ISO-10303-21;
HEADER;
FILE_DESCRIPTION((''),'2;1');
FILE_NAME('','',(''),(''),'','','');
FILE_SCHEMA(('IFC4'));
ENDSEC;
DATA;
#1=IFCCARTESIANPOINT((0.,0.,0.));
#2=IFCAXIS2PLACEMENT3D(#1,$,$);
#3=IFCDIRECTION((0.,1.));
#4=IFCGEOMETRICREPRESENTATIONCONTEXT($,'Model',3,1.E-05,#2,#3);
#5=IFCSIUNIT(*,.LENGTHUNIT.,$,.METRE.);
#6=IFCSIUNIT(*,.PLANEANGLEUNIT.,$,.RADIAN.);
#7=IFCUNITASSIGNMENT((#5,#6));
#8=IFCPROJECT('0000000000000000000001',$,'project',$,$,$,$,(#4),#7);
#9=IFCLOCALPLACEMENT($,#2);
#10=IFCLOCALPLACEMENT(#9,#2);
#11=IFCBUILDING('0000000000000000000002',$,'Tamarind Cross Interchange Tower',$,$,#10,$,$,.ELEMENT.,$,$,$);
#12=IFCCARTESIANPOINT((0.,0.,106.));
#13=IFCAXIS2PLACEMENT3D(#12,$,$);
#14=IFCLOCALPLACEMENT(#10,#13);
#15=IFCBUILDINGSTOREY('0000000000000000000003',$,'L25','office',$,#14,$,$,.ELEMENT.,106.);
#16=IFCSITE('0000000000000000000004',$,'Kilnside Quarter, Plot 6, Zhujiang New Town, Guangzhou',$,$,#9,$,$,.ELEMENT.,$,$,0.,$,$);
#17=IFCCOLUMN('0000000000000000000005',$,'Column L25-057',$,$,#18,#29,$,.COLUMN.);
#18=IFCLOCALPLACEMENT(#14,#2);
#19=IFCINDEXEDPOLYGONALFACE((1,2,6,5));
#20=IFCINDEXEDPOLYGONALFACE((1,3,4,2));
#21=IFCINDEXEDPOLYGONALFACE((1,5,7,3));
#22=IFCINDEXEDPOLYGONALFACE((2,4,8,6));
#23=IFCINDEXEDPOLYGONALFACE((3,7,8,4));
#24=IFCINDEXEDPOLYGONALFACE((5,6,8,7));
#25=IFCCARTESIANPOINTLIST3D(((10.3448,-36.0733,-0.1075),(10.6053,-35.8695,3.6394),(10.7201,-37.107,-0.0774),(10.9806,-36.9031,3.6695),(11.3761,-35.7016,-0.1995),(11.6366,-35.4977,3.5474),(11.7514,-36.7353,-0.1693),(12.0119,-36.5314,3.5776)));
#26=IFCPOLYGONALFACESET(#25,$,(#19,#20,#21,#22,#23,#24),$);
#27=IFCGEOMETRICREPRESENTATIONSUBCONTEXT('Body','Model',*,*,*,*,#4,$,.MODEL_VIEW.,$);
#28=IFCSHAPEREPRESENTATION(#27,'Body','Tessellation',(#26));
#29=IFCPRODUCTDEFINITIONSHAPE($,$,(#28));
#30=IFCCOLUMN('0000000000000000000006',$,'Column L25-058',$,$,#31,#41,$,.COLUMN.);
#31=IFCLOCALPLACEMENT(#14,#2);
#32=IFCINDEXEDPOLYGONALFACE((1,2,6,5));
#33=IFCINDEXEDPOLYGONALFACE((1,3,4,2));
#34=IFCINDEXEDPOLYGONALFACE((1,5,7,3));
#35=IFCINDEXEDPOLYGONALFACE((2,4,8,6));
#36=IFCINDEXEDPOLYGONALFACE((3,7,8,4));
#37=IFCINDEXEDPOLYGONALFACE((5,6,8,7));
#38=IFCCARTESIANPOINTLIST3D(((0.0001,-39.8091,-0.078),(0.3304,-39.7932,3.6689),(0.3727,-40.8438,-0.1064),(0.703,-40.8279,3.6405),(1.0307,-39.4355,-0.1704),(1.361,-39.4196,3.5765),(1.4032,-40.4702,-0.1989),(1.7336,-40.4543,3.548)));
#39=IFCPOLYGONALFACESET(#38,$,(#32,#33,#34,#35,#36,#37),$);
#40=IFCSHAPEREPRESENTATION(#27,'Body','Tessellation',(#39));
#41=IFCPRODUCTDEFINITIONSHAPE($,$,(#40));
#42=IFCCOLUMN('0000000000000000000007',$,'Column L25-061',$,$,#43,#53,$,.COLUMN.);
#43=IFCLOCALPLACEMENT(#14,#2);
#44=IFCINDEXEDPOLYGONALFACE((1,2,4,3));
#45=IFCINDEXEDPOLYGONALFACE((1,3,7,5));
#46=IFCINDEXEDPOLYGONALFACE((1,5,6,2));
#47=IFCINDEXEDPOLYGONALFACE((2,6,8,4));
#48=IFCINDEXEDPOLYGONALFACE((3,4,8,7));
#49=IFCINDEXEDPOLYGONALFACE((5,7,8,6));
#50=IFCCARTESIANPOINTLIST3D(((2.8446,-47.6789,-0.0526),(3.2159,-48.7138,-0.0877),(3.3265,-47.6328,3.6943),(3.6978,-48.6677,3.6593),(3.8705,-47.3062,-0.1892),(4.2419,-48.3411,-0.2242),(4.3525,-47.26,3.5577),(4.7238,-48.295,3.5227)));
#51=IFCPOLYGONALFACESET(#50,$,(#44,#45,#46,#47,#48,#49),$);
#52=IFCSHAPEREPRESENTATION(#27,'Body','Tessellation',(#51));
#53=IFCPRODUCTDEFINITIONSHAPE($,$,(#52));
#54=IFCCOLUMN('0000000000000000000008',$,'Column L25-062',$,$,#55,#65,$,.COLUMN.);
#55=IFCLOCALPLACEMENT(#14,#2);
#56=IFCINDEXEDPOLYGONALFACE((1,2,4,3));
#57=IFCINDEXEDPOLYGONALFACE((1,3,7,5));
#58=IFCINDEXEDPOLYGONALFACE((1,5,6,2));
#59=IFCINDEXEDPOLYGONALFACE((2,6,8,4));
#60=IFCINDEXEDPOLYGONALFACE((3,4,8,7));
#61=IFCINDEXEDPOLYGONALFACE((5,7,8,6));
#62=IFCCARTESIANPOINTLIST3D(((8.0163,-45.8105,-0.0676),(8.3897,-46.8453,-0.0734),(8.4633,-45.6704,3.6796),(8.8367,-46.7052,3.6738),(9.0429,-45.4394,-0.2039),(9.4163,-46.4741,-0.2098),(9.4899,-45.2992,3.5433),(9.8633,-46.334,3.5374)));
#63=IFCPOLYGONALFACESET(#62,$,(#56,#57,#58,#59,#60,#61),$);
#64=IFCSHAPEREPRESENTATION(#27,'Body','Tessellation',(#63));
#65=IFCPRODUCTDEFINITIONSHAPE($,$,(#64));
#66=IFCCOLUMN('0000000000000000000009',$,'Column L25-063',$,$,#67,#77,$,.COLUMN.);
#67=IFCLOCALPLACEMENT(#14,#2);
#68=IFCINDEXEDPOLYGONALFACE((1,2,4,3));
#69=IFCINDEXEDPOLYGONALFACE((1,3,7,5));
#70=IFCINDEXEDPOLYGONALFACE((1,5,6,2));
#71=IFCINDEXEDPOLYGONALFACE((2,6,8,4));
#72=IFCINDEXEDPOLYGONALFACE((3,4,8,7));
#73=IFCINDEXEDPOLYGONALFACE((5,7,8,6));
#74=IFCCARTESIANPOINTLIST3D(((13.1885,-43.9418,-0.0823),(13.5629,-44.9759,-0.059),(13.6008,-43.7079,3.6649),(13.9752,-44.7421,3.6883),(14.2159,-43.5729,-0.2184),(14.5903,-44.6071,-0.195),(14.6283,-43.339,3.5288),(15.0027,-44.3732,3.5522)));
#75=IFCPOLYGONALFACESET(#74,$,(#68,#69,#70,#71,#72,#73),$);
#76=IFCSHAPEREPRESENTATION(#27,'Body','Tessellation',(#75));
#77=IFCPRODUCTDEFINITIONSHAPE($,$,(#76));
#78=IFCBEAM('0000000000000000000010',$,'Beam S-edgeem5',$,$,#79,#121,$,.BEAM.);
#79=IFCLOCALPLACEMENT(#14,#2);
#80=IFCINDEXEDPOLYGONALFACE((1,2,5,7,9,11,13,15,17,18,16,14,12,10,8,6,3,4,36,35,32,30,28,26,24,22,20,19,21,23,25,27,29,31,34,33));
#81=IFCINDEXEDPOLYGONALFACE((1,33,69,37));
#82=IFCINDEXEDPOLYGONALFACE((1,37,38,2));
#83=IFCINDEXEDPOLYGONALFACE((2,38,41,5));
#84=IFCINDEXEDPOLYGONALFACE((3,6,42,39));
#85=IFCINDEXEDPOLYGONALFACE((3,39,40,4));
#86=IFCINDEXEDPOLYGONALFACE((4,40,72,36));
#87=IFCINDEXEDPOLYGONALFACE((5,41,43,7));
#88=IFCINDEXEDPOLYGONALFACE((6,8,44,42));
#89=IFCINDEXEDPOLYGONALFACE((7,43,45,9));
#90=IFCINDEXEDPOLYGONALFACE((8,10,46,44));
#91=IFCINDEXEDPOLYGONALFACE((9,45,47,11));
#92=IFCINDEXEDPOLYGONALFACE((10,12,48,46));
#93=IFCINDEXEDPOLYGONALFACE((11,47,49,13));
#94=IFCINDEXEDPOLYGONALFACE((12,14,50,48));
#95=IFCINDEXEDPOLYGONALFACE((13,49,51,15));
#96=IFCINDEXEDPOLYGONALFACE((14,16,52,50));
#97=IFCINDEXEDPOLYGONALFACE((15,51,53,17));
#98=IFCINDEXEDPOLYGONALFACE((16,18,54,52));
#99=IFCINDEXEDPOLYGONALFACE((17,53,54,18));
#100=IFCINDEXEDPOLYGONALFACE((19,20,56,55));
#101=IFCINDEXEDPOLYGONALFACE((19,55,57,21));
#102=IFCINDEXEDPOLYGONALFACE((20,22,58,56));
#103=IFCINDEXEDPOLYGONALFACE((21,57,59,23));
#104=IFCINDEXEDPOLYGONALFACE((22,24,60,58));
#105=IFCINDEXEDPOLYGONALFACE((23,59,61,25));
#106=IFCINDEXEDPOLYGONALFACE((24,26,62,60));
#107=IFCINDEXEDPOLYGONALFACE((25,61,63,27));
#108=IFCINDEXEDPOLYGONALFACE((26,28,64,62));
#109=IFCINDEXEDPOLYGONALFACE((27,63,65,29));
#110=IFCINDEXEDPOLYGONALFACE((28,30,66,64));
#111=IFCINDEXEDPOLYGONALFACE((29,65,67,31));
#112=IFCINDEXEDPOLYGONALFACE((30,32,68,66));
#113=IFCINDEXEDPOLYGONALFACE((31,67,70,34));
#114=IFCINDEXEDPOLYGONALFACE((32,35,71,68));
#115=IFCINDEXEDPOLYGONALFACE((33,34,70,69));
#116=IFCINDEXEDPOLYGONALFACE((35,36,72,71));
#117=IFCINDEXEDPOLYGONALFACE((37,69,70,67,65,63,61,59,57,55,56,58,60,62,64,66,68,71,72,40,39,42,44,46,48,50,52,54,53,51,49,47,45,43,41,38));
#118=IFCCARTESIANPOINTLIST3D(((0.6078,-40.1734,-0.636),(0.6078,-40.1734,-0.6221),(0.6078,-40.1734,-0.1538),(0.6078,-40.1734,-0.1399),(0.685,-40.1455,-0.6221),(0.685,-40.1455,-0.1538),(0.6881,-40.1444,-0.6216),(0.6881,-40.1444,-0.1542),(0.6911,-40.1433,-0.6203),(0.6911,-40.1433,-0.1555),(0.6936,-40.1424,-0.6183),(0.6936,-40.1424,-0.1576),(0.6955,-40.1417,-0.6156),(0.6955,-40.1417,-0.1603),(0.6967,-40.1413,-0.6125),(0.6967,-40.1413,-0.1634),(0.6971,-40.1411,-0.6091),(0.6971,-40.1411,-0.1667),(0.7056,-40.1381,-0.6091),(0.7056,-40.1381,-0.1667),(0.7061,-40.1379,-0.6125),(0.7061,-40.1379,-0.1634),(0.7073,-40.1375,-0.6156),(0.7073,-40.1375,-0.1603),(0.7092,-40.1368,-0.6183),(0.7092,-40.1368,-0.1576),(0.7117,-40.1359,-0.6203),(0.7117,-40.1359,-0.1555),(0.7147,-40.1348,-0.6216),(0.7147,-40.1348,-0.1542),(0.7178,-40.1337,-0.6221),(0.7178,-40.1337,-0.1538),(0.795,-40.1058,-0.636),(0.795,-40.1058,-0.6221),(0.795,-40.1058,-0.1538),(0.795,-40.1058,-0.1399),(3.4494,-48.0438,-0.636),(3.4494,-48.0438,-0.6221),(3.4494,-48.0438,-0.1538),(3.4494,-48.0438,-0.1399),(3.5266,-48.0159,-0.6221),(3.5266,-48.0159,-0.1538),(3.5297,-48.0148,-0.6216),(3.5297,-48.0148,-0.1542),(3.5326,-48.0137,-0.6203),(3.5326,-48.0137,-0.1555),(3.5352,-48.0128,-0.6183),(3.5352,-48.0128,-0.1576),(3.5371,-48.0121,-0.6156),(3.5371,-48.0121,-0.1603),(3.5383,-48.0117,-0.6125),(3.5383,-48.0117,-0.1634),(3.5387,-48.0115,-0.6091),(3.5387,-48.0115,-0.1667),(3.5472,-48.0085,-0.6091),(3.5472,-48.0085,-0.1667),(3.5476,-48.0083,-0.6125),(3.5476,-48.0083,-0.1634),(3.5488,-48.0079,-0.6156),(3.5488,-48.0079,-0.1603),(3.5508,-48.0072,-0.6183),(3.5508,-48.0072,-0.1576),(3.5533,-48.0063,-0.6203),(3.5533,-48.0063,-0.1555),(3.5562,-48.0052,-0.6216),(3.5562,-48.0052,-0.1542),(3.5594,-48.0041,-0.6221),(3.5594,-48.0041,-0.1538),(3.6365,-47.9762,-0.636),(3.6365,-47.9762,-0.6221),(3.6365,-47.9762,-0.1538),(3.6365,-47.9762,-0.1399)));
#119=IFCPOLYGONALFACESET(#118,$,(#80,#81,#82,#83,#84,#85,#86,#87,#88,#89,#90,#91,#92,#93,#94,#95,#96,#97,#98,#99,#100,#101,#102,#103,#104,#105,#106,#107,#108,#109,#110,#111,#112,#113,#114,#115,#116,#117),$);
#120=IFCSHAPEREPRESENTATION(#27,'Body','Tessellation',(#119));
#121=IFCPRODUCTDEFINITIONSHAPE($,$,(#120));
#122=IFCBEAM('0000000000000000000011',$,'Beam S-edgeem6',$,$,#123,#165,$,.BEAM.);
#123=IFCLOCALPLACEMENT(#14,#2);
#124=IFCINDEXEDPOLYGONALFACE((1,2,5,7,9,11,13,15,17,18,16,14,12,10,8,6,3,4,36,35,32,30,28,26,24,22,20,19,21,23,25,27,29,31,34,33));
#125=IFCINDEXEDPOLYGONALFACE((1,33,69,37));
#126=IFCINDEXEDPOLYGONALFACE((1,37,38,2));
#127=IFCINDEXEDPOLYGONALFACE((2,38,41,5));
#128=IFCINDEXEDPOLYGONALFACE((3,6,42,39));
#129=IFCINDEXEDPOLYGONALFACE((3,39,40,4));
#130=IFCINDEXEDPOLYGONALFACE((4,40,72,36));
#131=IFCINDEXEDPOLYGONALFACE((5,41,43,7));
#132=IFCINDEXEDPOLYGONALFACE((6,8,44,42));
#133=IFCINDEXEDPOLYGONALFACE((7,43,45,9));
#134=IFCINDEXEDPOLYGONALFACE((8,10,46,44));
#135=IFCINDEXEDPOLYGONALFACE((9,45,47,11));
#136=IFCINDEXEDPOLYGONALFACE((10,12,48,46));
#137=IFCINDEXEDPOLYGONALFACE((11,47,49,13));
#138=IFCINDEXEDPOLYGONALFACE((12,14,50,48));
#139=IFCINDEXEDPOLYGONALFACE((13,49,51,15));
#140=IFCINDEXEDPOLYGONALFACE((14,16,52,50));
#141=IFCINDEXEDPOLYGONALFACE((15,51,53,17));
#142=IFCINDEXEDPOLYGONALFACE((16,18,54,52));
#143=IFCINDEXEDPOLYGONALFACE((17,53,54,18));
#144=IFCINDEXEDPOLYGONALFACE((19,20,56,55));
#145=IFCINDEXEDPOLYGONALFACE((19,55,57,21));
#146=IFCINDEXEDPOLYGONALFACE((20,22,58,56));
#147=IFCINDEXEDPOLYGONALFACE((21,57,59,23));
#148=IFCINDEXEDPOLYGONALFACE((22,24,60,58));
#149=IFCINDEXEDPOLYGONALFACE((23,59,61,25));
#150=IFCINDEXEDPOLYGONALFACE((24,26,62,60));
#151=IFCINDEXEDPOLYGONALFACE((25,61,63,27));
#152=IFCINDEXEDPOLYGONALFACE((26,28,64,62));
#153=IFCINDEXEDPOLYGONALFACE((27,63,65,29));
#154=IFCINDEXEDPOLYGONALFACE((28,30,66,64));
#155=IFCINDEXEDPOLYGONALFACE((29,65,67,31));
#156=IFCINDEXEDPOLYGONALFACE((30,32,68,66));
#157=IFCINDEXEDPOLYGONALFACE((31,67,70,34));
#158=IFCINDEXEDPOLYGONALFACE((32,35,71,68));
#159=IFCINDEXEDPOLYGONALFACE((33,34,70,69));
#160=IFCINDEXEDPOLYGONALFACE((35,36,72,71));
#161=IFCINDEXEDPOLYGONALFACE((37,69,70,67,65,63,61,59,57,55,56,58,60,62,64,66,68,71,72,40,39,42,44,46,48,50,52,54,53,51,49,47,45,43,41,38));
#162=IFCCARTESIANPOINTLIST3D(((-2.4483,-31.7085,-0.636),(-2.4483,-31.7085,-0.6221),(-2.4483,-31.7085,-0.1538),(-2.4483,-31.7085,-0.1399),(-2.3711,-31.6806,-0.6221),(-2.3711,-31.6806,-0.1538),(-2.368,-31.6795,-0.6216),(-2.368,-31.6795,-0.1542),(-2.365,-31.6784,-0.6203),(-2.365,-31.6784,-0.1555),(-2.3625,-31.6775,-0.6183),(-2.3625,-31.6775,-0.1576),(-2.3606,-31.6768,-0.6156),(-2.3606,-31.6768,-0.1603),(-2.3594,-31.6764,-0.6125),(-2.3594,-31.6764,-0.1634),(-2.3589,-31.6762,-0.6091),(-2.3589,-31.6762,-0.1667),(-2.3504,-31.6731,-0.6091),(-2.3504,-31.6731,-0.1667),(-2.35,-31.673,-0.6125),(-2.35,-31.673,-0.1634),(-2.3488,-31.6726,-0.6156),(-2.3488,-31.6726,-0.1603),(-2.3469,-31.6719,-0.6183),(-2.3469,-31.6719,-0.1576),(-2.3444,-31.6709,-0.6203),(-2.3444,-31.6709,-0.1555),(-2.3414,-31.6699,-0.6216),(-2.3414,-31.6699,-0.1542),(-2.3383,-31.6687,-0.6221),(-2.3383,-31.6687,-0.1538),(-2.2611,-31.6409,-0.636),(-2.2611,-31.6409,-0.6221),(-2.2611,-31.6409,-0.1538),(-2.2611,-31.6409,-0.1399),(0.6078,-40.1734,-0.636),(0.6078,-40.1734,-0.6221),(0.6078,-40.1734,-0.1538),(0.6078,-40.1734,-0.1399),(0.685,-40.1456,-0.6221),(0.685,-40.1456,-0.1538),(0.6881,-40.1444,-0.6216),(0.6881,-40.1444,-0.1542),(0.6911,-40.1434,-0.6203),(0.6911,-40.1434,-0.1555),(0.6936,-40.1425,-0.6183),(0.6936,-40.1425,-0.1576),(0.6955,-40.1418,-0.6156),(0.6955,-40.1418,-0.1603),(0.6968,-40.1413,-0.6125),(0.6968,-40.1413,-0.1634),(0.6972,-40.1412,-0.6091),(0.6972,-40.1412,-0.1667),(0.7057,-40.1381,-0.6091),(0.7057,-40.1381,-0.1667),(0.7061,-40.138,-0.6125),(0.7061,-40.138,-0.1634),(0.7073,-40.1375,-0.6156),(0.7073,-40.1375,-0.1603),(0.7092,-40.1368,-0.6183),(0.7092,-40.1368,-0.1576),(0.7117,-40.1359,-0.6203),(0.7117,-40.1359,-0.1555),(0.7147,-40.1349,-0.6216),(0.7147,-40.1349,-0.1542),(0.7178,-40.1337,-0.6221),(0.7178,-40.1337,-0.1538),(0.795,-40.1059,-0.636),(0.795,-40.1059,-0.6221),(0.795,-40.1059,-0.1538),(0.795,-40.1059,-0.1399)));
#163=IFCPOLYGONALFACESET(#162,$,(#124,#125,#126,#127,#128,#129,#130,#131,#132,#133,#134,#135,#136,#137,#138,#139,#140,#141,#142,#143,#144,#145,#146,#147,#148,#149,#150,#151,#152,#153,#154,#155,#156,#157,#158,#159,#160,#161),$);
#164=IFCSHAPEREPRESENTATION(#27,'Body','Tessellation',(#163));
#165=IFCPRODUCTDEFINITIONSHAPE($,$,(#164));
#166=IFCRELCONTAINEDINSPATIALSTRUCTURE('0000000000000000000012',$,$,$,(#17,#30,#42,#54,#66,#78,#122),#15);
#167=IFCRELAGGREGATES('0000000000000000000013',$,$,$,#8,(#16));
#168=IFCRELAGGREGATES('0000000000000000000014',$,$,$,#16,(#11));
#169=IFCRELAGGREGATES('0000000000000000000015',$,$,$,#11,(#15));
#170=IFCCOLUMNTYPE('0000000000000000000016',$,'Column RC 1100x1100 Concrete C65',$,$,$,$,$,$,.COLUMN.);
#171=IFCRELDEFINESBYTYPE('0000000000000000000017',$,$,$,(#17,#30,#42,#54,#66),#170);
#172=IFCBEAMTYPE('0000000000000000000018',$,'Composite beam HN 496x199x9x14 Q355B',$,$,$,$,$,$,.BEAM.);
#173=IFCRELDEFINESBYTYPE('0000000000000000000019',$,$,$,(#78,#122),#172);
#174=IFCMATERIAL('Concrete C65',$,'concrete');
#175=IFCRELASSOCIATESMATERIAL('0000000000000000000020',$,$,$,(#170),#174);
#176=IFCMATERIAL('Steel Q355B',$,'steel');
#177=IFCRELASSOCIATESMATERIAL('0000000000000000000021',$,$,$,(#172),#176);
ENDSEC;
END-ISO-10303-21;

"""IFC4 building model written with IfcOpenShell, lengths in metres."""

from ifc_helpers import new_model, si_unit, direction, frame, origin, origin_2d, place, context, subcontext, project, spatial, rectangle, i_section, extrude, material, material_profile, profile_set, type_object, element, save


model = new_model("IFC4")

# Units and contexts
model_context = context("Model", 3, precision=1e-05, world=origin(), true_north=direction((0.0, 1.0)))
body_context = subcontext(model_context, "Body", "Model", "MODEL_VIEW")
ifc_project = project(units=[si_unit("LENGTHUNIT", "METRE"), si_unit("PLANEANGLEUNIT", "RADIAN")], contexts=[model_context])

# Site, building, storey
site_placement = place(None, origin())
site = spatial("IfcSite", under=ifc_project, at=site_placement, Name="Kilnside Quarter, Plot 6, Zhujiang New Town, Guangzhou", CompositionType="ELEMENT", RefElevation=0.0)
building_placement = place(site_placement, origin())
building = spatial("IfcBuilding", under=site, at=building_placement, Name="Tamarind Cross Interchange Tower", CompositionType="ELEMENT")
storey_placement = place(building_placement, frame((0.0, 0.0, 106.0)))
storey = spatial("IfcBuildingStorey", under=building, at=storey_placement, Name="L25", Description="office", CompositionType="ELEMENT", Elevation=106.0)

# Columns
ifc_material_1 = material(Name="Concrete C65", Category="concrete")
ifc_material_profile_1 = material_profile(ifc_material_1, rectangle(XDim=1.1001, YDim=1.1001, at=origin_2d()), Name="RC 1100x1100")
ifc_profile_set_1 = profile_set([ifc_material_profile_1], Name="Concrete C65")
column_type = type_object("IfcColumnType", Name="Column RC 1100x1100 Concrete C65", PredefinedType="COLUMN", material=ifc_profile_set_1)
for number, where, z_axis, x_axis, name in (
    (1, (11.0481, -36.4043, -0.1384), (0.069256, 0.054197, 0.996126), (-0.937468, -0.337893, 0.083562), "Column L25-057"),
    (2, (0.7017, -40.1396, -0.1384), (0.087819, 0.004219, 0.996128), (-0.338659, 0.940553, 0.025873), "Column L25-058"),
):
    element("IfcColumn", number, at=place(storey_placement, frame(where, z_axis=z_axis, x_axis=x_axis)), inside=storey, type_object=column_type, Name=name, PredefinedType="COLUMN", context=body_context, shape_type="SweptSolid", body=[
        extrude(rectangle(XDim=1.1001, YDim=1.1001, at=origin_2d()), origin(), (0.0, 0.0, 1.0), 3.7615),
    ])
column_1_placement = place(storey_placement, frame((3.5432, -48.01, -0.1384), z_axis=(0.127564, 0.012214, 0.991755), x_axis=(-0.33753, 0.940776, 0.031829)))
element("IfcColumn", 3, at=column_1_placement, inside=storey, type_object=column_type, Name="Column L25-061", PredefinedType="COLUMN", context=body_context, shape_type="SweptSolid", body=[
    extrude(rectangle(XDim=1.1001, YDim=1.1001, at=origin_2d()), origin(), (0.0, 0.0, 1.0), 3.7781),
])
column_2_placement = place(storey_placement, frame((8.7163, -46.1423, -0.1387), z_axis=(0.11837, 0.037108, 0.992276), x_axis=(-0.339384, 0.940633, 0.005309)))
element("IfcColumn", 4, at=column_2_placement, inside=storey, type_object=column_type, Name="Column L25-062", PredefinedType="COLUMN", context=body_context, shape_type="SweptSolid", body=[
    extrude(rectangle(XDim=1.1001, YDim=1.1001, at=origin_2d()), origin(), (0.0, 0.0, 1.0), 3.7764),
])
column_3_placement = place(storey_placement, frame((13.8894, -44.2744, -0.1387), z_axis=(0.10917, 0.061921, 0.992093), x_axis=(-0.933947, -0.335324, 0.1237)))
element("IfcColumn", 5, at=column_3_placement, inside=storey, type_object=column_type, Name="Column L25-063", PredefinedType="COLUMN", context=body_context, shape_type="SweptSolid", body=[
    extrude(rectangle(XDim=1.1001, YDim=1.1001, at=origin_2d()), origin(), (0.0, 0.0, 1.0), 3.7771),
])

# Beams
ifc_material_2 = material(Name="Steel Q355B", Category="steel")
ifc_material_profile_2 = material_profile(ifc_material_2, i_section(OverallWidth=0.199, OverallDepth=0.4961, WebThickness=0.009, FlangeThickness=0.0139, FilletRadius=0.0129, at=origin_2d()), Name="HN 496x199x9x14")
ifc_profile_set_2 = profile_set([ifc_material_profile_2], Name="Steel Q355B")
beam_type_1 = type_object("IfcBeamType", Name="Composite beam HN 496x199x9x14 Q355B", PredefinedType="BEAM", material=ifc_profile_set_2)
beam_1_placement = place(storey_placement, frame((3.543, -48.01, -0.3879), z_axis=(-0.339589, 0.940574, 0.0), x_axis=(-0.940574, -0.339589, 0.0)))
element("IfcBeam", 6, at=beam_1_placement, inside=storey, type_object=beam_type_1, Name="Beam S-edgeem5", PredefinedType="BEAM", context=body_context, shape_type="SweptSolid", body=[
    extrude(i_section(OverallWidth=0.199, OverallDepth=0.4961, WebThickness=0.009, FlangeThickness=0.0139, FilletRadius=0.0129, at=origin_2d()), origin(), (0.0, 0.0, 1.0), 8.3677),
])
beam_2_placement = place(storey_placement, frame((0.7014, -40.1396, -0.3879), z_axis=(-0.339577, 0.940578, 0.0), x_axis=(-0.940578, -0.339577, 0.0)))
element("IfcBeam", 7, at=beam_2_placement, inside=storey, type_object=beam_type_1, Name="Beam S-edgeem6", PredefinedType="BEAM", context=body_context, shape_type="SweptSolid", body=[
    extrude(i_section(OverallWidth=0.199, OverallDepth=0.4961, WebThickness=0.009, FlangeThickness=0.0139, FilletRadius=0.0129, at=origin_2d()), origin(), (0.0, 0.0, 1.0), 8.9998),
])

save(model, "model.ifc")
